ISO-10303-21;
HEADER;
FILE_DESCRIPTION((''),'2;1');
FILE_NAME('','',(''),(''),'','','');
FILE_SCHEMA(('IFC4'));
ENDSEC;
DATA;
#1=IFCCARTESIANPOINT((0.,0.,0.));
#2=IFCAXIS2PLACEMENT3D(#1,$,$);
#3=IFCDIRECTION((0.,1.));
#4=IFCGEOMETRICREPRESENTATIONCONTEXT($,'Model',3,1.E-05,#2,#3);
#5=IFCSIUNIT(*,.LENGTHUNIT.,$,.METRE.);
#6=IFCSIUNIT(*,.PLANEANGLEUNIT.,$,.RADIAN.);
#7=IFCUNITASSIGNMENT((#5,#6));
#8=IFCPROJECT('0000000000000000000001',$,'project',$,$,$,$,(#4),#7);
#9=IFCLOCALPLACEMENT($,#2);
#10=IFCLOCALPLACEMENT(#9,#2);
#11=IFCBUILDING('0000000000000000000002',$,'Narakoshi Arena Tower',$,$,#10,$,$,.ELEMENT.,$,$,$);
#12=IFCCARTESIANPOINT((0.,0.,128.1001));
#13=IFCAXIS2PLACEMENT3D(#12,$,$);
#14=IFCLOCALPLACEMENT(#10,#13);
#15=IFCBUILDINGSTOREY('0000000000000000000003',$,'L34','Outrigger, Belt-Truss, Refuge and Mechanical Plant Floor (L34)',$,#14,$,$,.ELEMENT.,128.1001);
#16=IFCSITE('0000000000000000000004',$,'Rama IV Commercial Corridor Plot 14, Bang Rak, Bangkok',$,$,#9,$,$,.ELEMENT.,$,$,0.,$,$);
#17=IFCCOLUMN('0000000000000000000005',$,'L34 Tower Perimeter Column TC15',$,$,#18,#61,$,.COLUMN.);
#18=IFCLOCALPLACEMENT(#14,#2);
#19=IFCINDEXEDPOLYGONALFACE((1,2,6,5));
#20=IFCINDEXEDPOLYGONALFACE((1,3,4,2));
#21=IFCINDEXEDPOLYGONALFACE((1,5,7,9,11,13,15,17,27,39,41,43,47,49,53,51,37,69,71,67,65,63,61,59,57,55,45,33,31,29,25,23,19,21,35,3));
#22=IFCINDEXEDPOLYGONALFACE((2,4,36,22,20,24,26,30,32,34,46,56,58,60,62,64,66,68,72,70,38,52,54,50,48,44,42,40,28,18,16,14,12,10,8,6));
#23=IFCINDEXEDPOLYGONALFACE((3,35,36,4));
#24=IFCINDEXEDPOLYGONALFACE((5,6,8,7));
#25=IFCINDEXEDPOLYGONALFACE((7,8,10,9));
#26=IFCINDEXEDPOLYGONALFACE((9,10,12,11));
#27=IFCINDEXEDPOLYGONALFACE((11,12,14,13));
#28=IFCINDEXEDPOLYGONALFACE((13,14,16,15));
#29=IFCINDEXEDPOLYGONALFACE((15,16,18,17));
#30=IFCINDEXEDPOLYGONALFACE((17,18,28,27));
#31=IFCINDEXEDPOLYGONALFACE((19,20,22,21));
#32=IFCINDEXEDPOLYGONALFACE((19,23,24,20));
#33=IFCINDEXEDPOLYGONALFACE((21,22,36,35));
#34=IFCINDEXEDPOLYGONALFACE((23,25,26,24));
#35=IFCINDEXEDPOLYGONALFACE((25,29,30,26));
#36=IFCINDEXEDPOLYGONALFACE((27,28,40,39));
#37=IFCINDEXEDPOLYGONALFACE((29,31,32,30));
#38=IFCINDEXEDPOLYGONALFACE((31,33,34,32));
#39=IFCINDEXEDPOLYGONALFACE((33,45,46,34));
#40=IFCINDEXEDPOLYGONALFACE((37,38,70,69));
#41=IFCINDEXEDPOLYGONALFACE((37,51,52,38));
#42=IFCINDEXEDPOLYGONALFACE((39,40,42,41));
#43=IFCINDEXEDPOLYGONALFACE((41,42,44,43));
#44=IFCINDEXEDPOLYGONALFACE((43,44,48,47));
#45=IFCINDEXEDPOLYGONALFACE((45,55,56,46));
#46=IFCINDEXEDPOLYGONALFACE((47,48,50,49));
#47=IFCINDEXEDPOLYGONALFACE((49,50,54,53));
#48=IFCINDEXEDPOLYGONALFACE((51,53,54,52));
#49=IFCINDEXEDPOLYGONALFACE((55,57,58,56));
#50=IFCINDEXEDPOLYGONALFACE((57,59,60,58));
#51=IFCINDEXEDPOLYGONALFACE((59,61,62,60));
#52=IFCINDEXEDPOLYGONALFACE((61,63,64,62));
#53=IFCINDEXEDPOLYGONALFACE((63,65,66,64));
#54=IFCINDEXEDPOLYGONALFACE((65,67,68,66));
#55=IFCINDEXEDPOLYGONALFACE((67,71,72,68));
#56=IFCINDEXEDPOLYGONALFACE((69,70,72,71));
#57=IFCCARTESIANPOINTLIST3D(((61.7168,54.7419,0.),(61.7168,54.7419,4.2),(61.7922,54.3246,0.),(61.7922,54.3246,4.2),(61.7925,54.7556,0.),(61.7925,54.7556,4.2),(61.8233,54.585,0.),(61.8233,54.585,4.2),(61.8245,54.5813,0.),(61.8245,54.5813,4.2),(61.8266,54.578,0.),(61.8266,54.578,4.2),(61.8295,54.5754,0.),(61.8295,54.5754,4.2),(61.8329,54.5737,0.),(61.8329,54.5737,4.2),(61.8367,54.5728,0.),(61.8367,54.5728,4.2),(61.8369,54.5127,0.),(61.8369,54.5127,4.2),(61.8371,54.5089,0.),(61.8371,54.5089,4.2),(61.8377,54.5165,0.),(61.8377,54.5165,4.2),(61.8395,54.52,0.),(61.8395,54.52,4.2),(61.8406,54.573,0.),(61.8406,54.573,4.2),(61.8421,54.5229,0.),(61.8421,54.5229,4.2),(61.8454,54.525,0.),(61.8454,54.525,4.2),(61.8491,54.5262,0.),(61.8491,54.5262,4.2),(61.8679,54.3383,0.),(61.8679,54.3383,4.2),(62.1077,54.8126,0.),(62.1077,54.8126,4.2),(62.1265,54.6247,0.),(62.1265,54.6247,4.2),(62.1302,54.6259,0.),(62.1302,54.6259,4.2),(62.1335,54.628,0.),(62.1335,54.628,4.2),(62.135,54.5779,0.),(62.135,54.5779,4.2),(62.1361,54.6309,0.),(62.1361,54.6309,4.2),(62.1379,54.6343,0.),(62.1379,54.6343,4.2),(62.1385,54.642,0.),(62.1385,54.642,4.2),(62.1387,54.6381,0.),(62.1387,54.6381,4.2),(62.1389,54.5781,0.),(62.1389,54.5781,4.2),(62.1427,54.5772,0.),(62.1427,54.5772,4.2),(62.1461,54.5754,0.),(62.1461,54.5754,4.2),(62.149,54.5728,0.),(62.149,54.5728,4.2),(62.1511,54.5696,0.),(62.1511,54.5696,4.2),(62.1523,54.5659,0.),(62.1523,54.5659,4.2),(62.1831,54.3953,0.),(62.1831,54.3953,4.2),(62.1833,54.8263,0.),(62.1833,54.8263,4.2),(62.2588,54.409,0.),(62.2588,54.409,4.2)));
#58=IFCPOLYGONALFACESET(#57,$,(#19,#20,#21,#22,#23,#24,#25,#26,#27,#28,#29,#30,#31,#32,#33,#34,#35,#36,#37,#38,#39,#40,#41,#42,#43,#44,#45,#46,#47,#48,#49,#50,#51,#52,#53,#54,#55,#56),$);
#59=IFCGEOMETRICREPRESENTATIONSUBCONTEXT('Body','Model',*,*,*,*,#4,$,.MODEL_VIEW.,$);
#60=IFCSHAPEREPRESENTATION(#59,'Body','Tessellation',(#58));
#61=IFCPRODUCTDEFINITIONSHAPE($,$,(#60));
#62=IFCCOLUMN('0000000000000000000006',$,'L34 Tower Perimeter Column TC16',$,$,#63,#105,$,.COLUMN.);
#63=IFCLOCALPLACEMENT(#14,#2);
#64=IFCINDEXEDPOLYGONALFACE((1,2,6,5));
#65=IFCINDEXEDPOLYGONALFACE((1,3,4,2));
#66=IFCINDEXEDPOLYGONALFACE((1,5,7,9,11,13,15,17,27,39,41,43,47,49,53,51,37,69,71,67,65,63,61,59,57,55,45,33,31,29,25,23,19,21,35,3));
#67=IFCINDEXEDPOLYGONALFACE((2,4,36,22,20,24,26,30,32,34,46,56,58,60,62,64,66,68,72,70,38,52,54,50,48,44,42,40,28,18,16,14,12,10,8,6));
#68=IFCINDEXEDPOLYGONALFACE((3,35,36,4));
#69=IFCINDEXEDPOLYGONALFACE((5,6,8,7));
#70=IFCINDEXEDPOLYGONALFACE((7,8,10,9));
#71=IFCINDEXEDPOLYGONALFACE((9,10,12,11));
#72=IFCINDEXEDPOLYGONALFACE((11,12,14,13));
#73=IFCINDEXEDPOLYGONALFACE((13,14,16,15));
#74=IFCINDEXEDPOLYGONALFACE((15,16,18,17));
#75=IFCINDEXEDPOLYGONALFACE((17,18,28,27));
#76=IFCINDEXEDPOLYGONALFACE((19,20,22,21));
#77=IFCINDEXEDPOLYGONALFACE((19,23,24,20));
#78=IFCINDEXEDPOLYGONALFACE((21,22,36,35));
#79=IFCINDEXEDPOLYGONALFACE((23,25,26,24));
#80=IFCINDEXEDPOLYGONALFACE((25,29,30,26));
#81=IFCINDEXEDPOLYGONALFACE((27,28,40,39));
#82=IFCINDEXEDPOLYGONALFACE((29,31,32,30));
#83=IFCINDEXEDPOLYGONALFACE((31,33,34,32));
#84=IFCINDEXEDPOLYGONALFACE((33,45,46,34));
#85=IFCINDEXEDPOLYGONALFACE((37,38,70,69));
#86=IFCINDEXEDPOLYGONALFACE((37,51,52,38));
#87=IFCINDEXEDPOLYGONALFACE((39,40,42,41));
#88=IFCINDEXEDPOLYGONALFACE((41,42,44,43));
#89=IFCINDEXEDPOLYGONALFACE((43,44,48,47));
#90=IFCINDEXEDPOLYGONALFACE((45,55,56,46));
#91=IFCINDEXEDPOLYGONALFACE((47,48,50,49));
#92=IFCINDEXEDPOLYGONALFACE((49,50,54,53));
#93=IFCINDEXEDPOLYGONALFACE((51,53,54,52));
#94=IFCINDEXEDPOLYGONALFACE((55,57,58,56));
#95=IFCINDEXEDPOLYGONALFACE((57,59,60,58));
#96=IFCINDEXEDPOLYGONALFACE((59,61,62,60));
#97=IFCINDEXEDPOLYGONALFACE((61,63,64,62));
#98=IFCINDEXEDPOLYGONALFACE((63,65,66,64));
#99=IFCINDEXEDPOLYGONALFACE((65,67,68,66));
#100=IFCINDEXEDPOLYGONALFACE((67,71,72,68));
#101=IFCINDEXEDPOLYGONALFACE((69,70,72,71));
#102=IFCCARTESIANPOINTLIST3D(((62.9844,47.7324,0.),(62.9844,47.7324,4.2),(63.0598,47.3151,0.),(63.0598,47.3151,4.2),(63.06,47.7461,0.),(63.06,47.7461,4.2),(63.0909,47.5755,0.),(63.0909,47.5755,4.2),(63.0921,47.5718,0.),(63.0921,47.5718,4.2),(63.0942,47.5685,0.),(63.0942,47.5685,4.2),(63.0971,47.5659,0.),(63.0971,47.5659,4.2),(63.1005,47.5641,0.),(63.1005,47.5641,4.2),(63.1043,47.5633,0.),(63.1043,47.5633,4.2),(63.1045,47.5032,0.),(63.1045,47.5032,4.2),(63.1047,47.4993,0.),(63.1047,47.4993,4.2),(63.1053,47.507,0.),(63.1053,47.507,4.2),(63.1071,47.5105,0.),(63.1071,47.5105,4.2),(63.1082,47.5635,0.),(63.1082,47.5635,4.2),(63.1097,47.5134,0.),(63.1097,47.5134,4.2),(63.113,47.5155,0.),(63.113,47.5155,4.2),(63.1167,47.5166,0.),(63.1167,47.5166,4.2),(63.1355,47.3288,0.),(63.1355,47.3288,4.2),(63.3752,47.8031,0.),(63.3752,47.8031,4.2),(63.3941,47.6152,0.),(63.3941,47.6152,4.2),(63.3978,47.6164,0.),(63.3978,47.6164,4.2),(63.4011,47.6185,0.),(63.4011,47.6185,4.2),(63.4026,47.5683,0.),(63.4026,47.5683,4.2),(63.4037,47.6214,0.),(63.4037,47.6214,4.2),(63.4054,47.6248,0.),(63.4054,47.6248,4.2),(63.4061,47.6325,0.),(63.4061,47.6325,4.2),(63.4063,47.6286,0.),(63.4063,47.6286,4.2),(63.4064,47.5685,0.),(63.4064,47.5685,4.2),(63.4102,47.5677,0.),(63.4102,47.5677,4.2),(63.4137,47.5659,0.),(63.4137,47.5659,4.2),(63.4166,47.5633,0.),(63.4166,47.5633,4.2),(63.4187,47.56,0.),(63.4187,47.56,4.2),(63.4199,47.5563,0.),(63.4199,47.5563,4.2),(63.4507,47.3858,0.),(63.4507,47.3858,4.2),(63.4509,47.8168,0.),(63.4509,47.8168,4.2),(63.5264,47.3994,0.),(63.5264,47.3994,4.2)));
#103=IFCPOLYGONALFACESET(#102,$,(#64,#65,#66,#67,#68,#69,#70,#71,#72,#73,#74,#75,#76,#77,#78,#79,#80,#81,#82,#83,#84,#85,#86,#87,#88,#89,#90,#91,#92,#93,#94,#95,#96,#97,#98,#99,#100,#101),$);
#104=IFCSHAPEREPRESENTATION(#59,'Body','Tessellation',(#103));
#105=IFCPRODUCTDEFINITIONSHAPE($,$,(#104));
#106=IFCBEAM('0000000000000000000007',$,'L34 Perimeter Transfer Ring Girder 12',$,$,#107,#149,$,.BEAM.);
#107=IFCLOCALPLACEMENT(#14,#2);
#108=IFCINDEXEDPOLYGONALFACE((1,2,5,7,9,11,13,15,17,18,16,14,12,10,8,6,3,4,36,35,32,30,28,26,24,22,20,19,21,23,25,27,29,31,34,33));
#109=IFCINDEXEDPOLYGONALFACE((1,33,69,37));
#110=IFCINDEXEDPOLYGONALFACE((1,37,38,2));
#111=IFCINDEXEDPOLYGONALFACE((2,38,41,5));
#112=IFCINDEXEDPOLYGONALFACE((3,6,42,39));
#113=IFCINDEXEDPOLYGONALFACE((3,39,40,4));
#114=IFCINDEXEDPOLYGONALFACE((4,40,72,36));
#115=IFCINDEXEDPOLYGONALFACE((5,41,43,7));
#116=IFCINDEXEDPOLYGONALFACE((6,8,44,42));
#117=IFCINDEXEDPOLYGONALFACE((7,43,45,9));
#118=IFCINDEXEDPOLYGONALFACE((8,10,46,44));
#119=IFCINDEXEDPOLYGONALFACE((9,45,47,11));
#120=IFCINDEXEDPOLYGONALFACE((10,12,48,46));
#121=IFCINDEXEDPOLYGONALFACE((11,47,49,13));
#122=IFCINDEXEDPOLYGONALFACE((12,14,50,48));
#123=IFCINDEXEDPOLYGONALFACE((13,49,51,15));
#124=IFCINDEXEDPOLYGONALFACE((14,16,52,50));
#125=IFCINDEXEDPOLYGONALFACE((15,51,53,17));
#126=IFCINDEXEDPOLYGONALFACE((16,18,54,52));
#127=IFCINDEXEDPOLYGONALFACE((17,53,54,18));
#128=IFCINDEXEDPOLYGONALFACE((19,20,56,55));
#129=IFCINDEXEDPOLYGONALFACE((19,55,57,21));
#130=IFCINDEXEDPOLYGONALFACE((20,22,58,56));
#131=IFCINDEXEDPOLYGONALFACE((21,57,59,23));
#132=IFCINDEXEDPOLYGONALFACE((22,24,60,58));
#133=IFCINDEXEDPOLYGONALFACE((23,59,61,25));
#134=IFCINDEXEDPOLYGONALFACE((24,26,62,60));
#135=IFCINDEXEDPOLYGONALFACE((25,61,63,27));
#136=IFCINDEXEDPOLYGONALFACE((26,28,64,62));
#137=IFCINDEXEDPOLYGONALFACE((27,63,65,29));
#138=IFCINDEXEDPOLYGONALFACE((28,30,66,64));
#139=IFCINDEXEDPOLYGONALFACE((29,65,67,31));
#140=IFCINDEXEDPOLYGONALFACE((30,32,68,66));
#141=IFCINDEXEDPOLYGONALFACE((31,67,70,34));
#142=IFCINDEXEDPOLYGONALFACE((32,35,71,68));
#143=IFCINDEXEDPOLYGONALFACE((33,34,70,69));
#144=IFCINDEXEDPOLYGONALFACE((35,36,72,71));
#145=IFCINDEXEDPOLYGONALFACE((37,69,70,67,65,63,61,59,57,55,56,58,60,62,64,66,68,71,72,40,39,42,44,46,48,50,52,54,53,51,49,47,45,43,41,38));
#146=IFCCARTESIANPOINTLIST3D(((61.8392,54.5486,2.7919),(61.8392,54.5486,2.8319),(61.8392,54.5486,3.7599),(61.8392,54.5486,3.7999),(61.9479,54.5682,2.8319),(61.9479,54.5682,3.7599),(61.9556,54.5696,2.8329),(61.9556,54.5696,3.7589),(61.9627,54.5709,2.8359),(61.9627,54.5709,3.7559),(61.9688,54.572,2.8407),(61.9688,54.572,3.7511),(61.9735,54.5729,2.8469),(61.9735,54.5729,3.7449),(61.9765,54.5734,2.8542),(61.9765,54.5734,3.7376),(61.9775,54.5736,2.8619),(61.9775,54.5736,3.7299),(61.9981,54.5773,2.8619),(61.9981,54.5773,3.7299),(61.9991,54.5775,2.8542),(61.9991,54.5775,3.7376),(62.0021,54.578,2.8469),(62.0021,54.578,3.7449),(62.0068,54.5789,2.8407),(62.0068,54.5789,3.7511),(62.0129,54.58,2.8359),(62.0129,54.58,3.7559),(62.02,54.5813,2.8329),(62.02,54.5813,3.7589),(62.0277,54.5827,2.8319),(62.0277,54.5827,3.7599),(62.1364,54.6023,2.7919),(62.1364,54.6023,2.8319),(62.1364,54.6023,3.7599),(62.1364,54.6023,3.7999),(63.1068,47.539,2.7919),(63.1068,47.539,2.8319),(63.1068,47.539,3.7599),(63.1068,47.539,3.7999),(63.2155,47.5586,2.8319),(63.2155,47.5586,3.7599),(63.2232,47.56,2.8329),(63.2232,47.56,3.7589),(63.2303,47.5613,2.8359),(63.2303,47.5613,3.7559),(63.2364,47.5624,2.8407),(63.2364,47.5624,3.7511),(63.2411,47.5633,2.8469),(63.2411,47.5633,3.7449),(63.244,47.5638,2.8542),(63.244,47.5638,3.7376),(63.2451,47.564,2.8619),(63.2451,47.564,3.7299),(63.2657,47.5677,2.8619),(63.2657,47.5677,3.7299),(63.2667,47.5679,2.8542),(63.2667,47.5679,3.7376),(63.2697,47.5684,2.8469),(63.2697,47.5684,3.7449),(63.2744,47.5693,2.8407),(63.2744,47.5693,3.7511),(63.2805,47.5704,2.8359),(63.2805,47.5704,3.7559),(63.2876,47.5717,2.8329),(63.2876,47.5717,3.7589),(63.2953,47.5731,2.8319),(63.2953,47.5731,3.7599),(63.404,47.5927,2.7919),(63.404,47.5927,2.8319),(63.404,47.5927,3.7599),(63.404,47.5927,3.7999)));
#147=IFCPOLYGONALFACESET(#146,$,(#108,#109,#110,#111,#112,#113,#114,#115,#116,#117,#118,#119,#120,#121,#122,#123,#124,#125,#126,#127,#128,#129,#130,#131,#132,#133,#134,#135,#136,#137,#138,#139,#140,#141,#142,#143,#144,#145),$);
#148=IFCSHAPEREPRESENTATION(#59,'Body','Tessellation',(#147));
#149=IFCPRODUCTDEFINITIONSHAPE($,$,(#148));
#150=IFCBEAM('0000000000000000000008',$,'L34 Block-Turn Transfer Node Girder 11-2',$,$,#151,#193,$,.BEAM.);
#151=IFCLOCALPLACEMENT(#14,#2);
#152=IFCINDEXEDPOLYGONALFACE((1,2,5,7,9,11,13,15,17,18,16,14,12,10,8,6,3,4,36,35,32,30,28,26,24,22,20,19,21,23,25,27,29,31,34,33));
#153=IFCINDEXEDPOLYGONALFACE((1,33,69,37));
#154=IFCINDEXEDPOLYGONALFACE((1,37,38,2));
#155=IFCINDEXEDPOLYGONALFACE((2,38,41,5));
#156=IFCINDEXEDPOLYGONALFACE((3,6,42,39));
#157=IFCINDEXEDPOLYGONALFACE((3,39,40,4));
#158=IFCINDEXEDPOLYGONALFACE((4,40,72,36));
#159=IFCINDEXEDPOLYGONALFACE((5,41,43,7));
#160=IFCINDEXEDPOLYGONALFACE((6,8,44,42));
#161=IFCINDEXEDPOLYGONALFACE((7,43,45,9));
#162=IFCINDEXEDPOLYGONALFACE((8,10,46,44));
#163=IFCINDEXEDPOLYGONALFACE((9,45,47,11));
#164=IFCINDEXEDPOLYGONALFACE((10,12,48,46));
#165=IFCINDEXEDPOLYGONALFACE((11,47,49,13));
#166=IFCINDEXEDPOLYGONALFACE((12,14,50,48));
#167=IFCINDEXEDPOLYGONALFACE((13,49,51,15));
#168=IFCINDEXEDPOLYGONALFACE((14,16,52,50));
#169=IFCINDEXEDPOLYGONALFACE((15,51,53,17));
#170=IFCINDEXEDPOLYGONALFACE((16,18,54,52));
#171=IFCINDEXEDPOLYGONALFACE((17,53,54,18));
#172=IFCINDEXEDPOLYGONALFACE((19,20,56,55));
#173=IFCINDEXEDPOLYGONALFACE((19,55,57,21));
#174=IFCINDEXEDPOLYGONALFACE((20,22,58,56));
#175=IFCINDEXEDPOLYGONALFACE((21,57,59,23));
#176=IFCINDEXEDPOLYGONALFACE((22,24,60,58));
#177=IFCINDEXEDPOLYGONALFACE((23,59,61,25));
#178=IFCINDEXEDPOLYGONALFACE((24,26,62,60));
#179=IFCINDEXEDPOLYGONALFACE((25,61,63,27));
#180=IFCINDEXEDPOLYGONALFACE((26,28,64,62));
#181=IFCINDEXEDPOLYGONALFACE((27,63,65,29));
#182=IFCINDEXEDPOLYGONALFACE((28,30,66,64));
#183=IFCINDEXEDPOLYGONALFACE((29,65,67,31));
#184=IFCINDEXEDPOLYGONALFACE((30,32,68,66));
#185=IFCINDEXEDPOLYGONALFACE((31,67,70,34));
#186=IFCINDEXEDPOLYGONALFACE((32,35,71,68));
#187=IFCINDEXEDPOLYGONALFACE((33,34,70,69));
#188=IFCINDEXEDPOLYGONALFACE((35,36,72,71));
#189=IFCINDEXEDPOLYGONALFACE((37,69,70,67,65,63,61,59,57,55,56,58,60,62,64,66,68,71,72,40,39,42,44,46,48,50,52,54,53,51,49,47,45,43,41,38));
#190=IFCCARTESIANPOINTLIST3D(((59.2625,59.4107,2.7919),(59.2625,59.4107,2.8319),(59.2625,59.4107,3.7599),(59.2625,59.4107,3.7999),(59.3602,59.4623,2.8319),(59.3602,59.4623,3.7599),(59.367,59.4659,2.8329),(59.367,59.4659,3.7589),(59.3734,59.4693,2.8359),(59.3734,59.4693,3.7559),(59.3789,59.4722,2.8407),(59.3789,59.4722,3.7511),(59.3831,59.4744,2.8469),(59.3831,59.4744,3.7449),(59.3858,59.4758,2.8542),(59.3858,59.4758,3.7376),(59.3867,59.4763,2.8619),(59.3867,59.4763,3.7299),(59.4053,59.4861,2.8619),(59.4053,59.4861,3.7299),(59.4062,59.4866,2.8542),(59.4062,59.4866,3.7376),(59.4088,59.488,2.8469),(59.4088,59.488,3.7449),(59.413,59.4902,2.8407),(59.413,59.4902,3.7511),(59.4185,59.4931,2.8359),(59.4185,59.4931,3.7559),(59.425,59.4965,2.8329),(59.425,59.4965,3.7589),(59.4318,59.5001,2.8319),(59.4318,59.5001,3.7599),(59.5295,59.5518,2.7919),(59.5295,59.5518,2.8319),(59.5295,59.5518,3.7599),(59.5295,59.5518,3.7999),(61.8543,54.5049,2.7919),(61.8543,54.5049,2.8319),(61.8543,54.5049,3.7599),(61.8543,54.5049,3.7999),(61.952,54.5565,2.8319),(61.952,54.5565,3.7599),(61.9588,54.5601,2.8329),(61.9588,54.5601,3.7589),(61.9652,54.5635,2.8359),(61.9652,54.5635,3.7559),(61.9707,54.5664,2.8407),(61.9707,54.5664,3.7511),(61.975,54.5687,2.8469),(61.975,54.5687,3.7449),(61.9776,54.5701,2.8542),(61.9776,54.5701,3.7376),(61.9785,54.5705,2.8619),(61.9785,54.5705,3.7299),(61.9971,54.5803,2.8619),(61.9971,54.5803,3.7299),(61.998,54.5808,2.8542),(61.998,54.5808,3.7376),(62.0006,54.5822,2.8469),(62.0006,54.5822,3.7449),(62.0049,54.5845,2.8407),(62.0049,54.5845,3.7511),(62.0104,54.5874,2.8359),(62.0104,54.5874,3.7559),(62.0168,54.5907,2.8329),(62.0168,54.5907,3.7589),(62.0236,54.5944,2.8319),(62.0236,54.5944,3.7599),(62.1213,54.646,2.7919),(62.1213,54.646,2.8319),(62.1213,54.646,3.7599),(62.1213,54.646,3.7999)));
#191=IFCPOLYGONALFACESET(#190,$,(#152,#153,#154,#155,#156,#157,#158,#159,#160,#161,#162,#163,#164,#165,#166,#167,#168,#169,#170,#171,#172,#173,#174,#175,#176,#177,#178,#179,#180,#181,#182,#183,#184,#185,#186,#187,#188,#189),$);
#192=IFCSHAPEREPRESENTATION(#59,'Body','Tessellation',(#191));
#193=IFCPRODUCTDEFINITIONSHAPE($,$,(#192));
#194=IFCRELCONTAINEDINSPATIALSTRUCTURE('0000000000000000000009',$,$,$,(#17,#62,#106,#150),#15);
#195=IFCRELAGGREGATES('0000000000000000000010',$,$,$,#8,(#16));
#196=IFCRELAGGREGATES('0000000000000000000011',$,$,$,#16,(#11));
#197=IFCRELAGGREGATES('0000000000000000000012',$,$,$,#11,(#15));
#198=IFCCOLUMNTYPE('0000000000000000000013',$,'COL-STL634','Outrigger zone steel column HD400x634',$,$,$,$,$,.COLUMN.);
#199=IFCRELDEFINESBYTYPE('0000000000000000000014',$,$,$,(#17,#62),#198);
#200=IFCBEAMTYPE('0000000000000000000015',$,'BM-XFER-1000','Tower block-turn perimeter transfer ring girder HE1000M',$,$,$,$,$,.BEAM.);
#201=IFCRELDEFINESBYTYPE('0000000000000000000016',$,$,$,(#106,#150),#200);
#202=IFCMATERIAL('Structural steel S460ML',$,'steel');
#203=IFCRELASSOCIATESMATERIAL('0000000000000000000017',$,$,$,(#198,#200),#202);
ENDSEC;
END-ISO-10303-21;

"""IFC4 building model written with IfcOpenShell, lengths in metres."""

from ifc_helpers import new_model, si_unit, direction, frame, origin, origin_2d, place, context, subcontext, project, spatial, i_section, extrude, material, material_profile, profile_set, type_object, element, save


model = new_model("IFC4")

# Units and contexts
model_context = context("Model", 3, precision=1e-05, world=origin(), true_north=direction((0.0, 1.0)))
body_context = subcontext(model_context, "Body", "Model", "MODEL_VIEW")
ifc_project = project(units=[si_unit("LENGTHUNIT", "METRE"), si_unit("PLANEANGLEUNIT", "RADIAN")], contexts=[model_context])

# Site, building, storey
site_placement = place(None, origin())
site = spatial("IfcSite", under=ifc_project, at=site_placement, Name="Rama IV Commercial Corridor Plot 14, Bang Rak, Bangkok", CompositionType="ELEMENT", RefElevation=0.0)
building_placement = place(site_placement, origin())
building = spatial("IfcBuilding", under=site, at=building_placement, Name="Narakoshi Arena Tower", CompositionType="ELEMENT")
storey_placement = place(building_placement, frame((0.0, 0.0, 128.1001)))
storey = spatial("IfcBuildingStorey", under=building, at=storey_placement, Name="L34", Description="Outrigger, Belt-Truss, Refuge and Mechanical Plant Floor (L34)", CompositionType="ELEMENT", Elevation=128.1001)

# Columns
ifc_material_1 = material(Name="Structural steel S460ML", Category="steel")
ifc_material_profile_1 = material_profile(ifc_material_1, i_section(OverallWidth=0.4241, OverallDepth=0.4741, WebThickness=0.0476, FlangeThickness=0.0769, FilletRadius=0.0149, at=origin_2d()), Name="HD400x634")
ifc_profile_set_1 = profile_set([ifc_material_profile_1], Name="Structural steel S460ML")
column_type = type_object("IfcColumnType", Name="COL-STL634", Description="Outrigger zone steel column HD400x634", PredefinedType="COLUMN", material=ifc_profile_set_1)
for number, where, z_axis, x_axis, name in (
    (1, (61.9878, 54.5754, 0.0), (0.0, 0.0, 1.0), (-0.177944, 0.984041, 0.0), "L34 Tower Perimeter Column TC15"),
    (2, (63.2554, 47.5659, 0.0), (0.0, 0.0, 1.0), (-0.177944, 0.984041, 0.0), "L34 Tower Perimeter Column TC16"),
):
    element("IfcColumn", number, at=place(storey_placement, frame(where, z_axis=z_axis, x_axis=x_axis)), inside=storey, type_object=column_type, Name=name, PredefinedType="COLUMN", context=body_context, shape_type="SweptSolid", body=[
        extrude(i_section(OverallWidth=0.4241, OverallDepth=0.4741, WebThickness=0.0476, FlangeThickness=0.0769, FilletRadius=0.0149, at=origin_2d()), origin(), (0.0, 0.0, 1.0), 4.2),
    ])

# Beams
ifc_material_profile_2 = material_profile(ifc_material_1, i_section(OverallWidth=0.302, OverallDepth=1.0081, WebThickness=0.021, FlangeThickness=0.04, FilletRadius=0.03, at=origin_2d()), Name="HE1000M")
ifc_profile_set_2 = profile_set([ifc_material_profile_2], Name="Structural steel S460ML")
beam_type = type_object("IfcBeamType", Name="BM-XFER-1000", Description="Tower block-turn perimeter transfer ring girder HE1000M", PredefinedType="BEAM", material=ifc_profile_set_2)
beam_1_placement = place(storey_placement, frame((61.9878, 54.5754, 3.2959), z_axis=(0.17795, -0.984039, 0.0), x_axis=(0.984039, 0.17795, 0.0)))
element("IfcBeam", 3, at=beam_1_placement, inside=storey, type_object=beam_type, Name="L34 Perimeter Transfer Ring Girder 12", PredefinedType="BEAM", context=body_context, shape_type="SweptSolid", body=[
    extrude(i_section(OverallWidth=0.302, OverallDepth=1.0081, WebThickness=0.021, FlangeThickness=0.04, FilletRadius=0.03, at=origin_2d()), origin(), (0.0, 0.0, 1.0), 7.1233),
])
beam_2_placement = place(storey_placement, frame((61.9878, 54.5754, 3.2959), z_axis=(-0.467131, 0.884188, 0.0), x_axis=(-0.884188, -0.467131, 0.0)))
element("IfcBeam", 4, at=beam_2_placement, inside=storey, type_object=beam_type, Name="L34 Block-Turn Transfer Node Girder 11-2", PredefinedType="BEAM", context=body_context, shape_type="SweptSolid", body=[
    extrude(i_section(OverallWidth=0.302, OverallDepth=1.0081, WebThickness=0.021, FlangeThickness=0.04, FilletRadius=0.03, at=origin_2d()), origin(), (0.0, 0.0, 1.0), 5.5483),
])

save(model, "model.ifc")
